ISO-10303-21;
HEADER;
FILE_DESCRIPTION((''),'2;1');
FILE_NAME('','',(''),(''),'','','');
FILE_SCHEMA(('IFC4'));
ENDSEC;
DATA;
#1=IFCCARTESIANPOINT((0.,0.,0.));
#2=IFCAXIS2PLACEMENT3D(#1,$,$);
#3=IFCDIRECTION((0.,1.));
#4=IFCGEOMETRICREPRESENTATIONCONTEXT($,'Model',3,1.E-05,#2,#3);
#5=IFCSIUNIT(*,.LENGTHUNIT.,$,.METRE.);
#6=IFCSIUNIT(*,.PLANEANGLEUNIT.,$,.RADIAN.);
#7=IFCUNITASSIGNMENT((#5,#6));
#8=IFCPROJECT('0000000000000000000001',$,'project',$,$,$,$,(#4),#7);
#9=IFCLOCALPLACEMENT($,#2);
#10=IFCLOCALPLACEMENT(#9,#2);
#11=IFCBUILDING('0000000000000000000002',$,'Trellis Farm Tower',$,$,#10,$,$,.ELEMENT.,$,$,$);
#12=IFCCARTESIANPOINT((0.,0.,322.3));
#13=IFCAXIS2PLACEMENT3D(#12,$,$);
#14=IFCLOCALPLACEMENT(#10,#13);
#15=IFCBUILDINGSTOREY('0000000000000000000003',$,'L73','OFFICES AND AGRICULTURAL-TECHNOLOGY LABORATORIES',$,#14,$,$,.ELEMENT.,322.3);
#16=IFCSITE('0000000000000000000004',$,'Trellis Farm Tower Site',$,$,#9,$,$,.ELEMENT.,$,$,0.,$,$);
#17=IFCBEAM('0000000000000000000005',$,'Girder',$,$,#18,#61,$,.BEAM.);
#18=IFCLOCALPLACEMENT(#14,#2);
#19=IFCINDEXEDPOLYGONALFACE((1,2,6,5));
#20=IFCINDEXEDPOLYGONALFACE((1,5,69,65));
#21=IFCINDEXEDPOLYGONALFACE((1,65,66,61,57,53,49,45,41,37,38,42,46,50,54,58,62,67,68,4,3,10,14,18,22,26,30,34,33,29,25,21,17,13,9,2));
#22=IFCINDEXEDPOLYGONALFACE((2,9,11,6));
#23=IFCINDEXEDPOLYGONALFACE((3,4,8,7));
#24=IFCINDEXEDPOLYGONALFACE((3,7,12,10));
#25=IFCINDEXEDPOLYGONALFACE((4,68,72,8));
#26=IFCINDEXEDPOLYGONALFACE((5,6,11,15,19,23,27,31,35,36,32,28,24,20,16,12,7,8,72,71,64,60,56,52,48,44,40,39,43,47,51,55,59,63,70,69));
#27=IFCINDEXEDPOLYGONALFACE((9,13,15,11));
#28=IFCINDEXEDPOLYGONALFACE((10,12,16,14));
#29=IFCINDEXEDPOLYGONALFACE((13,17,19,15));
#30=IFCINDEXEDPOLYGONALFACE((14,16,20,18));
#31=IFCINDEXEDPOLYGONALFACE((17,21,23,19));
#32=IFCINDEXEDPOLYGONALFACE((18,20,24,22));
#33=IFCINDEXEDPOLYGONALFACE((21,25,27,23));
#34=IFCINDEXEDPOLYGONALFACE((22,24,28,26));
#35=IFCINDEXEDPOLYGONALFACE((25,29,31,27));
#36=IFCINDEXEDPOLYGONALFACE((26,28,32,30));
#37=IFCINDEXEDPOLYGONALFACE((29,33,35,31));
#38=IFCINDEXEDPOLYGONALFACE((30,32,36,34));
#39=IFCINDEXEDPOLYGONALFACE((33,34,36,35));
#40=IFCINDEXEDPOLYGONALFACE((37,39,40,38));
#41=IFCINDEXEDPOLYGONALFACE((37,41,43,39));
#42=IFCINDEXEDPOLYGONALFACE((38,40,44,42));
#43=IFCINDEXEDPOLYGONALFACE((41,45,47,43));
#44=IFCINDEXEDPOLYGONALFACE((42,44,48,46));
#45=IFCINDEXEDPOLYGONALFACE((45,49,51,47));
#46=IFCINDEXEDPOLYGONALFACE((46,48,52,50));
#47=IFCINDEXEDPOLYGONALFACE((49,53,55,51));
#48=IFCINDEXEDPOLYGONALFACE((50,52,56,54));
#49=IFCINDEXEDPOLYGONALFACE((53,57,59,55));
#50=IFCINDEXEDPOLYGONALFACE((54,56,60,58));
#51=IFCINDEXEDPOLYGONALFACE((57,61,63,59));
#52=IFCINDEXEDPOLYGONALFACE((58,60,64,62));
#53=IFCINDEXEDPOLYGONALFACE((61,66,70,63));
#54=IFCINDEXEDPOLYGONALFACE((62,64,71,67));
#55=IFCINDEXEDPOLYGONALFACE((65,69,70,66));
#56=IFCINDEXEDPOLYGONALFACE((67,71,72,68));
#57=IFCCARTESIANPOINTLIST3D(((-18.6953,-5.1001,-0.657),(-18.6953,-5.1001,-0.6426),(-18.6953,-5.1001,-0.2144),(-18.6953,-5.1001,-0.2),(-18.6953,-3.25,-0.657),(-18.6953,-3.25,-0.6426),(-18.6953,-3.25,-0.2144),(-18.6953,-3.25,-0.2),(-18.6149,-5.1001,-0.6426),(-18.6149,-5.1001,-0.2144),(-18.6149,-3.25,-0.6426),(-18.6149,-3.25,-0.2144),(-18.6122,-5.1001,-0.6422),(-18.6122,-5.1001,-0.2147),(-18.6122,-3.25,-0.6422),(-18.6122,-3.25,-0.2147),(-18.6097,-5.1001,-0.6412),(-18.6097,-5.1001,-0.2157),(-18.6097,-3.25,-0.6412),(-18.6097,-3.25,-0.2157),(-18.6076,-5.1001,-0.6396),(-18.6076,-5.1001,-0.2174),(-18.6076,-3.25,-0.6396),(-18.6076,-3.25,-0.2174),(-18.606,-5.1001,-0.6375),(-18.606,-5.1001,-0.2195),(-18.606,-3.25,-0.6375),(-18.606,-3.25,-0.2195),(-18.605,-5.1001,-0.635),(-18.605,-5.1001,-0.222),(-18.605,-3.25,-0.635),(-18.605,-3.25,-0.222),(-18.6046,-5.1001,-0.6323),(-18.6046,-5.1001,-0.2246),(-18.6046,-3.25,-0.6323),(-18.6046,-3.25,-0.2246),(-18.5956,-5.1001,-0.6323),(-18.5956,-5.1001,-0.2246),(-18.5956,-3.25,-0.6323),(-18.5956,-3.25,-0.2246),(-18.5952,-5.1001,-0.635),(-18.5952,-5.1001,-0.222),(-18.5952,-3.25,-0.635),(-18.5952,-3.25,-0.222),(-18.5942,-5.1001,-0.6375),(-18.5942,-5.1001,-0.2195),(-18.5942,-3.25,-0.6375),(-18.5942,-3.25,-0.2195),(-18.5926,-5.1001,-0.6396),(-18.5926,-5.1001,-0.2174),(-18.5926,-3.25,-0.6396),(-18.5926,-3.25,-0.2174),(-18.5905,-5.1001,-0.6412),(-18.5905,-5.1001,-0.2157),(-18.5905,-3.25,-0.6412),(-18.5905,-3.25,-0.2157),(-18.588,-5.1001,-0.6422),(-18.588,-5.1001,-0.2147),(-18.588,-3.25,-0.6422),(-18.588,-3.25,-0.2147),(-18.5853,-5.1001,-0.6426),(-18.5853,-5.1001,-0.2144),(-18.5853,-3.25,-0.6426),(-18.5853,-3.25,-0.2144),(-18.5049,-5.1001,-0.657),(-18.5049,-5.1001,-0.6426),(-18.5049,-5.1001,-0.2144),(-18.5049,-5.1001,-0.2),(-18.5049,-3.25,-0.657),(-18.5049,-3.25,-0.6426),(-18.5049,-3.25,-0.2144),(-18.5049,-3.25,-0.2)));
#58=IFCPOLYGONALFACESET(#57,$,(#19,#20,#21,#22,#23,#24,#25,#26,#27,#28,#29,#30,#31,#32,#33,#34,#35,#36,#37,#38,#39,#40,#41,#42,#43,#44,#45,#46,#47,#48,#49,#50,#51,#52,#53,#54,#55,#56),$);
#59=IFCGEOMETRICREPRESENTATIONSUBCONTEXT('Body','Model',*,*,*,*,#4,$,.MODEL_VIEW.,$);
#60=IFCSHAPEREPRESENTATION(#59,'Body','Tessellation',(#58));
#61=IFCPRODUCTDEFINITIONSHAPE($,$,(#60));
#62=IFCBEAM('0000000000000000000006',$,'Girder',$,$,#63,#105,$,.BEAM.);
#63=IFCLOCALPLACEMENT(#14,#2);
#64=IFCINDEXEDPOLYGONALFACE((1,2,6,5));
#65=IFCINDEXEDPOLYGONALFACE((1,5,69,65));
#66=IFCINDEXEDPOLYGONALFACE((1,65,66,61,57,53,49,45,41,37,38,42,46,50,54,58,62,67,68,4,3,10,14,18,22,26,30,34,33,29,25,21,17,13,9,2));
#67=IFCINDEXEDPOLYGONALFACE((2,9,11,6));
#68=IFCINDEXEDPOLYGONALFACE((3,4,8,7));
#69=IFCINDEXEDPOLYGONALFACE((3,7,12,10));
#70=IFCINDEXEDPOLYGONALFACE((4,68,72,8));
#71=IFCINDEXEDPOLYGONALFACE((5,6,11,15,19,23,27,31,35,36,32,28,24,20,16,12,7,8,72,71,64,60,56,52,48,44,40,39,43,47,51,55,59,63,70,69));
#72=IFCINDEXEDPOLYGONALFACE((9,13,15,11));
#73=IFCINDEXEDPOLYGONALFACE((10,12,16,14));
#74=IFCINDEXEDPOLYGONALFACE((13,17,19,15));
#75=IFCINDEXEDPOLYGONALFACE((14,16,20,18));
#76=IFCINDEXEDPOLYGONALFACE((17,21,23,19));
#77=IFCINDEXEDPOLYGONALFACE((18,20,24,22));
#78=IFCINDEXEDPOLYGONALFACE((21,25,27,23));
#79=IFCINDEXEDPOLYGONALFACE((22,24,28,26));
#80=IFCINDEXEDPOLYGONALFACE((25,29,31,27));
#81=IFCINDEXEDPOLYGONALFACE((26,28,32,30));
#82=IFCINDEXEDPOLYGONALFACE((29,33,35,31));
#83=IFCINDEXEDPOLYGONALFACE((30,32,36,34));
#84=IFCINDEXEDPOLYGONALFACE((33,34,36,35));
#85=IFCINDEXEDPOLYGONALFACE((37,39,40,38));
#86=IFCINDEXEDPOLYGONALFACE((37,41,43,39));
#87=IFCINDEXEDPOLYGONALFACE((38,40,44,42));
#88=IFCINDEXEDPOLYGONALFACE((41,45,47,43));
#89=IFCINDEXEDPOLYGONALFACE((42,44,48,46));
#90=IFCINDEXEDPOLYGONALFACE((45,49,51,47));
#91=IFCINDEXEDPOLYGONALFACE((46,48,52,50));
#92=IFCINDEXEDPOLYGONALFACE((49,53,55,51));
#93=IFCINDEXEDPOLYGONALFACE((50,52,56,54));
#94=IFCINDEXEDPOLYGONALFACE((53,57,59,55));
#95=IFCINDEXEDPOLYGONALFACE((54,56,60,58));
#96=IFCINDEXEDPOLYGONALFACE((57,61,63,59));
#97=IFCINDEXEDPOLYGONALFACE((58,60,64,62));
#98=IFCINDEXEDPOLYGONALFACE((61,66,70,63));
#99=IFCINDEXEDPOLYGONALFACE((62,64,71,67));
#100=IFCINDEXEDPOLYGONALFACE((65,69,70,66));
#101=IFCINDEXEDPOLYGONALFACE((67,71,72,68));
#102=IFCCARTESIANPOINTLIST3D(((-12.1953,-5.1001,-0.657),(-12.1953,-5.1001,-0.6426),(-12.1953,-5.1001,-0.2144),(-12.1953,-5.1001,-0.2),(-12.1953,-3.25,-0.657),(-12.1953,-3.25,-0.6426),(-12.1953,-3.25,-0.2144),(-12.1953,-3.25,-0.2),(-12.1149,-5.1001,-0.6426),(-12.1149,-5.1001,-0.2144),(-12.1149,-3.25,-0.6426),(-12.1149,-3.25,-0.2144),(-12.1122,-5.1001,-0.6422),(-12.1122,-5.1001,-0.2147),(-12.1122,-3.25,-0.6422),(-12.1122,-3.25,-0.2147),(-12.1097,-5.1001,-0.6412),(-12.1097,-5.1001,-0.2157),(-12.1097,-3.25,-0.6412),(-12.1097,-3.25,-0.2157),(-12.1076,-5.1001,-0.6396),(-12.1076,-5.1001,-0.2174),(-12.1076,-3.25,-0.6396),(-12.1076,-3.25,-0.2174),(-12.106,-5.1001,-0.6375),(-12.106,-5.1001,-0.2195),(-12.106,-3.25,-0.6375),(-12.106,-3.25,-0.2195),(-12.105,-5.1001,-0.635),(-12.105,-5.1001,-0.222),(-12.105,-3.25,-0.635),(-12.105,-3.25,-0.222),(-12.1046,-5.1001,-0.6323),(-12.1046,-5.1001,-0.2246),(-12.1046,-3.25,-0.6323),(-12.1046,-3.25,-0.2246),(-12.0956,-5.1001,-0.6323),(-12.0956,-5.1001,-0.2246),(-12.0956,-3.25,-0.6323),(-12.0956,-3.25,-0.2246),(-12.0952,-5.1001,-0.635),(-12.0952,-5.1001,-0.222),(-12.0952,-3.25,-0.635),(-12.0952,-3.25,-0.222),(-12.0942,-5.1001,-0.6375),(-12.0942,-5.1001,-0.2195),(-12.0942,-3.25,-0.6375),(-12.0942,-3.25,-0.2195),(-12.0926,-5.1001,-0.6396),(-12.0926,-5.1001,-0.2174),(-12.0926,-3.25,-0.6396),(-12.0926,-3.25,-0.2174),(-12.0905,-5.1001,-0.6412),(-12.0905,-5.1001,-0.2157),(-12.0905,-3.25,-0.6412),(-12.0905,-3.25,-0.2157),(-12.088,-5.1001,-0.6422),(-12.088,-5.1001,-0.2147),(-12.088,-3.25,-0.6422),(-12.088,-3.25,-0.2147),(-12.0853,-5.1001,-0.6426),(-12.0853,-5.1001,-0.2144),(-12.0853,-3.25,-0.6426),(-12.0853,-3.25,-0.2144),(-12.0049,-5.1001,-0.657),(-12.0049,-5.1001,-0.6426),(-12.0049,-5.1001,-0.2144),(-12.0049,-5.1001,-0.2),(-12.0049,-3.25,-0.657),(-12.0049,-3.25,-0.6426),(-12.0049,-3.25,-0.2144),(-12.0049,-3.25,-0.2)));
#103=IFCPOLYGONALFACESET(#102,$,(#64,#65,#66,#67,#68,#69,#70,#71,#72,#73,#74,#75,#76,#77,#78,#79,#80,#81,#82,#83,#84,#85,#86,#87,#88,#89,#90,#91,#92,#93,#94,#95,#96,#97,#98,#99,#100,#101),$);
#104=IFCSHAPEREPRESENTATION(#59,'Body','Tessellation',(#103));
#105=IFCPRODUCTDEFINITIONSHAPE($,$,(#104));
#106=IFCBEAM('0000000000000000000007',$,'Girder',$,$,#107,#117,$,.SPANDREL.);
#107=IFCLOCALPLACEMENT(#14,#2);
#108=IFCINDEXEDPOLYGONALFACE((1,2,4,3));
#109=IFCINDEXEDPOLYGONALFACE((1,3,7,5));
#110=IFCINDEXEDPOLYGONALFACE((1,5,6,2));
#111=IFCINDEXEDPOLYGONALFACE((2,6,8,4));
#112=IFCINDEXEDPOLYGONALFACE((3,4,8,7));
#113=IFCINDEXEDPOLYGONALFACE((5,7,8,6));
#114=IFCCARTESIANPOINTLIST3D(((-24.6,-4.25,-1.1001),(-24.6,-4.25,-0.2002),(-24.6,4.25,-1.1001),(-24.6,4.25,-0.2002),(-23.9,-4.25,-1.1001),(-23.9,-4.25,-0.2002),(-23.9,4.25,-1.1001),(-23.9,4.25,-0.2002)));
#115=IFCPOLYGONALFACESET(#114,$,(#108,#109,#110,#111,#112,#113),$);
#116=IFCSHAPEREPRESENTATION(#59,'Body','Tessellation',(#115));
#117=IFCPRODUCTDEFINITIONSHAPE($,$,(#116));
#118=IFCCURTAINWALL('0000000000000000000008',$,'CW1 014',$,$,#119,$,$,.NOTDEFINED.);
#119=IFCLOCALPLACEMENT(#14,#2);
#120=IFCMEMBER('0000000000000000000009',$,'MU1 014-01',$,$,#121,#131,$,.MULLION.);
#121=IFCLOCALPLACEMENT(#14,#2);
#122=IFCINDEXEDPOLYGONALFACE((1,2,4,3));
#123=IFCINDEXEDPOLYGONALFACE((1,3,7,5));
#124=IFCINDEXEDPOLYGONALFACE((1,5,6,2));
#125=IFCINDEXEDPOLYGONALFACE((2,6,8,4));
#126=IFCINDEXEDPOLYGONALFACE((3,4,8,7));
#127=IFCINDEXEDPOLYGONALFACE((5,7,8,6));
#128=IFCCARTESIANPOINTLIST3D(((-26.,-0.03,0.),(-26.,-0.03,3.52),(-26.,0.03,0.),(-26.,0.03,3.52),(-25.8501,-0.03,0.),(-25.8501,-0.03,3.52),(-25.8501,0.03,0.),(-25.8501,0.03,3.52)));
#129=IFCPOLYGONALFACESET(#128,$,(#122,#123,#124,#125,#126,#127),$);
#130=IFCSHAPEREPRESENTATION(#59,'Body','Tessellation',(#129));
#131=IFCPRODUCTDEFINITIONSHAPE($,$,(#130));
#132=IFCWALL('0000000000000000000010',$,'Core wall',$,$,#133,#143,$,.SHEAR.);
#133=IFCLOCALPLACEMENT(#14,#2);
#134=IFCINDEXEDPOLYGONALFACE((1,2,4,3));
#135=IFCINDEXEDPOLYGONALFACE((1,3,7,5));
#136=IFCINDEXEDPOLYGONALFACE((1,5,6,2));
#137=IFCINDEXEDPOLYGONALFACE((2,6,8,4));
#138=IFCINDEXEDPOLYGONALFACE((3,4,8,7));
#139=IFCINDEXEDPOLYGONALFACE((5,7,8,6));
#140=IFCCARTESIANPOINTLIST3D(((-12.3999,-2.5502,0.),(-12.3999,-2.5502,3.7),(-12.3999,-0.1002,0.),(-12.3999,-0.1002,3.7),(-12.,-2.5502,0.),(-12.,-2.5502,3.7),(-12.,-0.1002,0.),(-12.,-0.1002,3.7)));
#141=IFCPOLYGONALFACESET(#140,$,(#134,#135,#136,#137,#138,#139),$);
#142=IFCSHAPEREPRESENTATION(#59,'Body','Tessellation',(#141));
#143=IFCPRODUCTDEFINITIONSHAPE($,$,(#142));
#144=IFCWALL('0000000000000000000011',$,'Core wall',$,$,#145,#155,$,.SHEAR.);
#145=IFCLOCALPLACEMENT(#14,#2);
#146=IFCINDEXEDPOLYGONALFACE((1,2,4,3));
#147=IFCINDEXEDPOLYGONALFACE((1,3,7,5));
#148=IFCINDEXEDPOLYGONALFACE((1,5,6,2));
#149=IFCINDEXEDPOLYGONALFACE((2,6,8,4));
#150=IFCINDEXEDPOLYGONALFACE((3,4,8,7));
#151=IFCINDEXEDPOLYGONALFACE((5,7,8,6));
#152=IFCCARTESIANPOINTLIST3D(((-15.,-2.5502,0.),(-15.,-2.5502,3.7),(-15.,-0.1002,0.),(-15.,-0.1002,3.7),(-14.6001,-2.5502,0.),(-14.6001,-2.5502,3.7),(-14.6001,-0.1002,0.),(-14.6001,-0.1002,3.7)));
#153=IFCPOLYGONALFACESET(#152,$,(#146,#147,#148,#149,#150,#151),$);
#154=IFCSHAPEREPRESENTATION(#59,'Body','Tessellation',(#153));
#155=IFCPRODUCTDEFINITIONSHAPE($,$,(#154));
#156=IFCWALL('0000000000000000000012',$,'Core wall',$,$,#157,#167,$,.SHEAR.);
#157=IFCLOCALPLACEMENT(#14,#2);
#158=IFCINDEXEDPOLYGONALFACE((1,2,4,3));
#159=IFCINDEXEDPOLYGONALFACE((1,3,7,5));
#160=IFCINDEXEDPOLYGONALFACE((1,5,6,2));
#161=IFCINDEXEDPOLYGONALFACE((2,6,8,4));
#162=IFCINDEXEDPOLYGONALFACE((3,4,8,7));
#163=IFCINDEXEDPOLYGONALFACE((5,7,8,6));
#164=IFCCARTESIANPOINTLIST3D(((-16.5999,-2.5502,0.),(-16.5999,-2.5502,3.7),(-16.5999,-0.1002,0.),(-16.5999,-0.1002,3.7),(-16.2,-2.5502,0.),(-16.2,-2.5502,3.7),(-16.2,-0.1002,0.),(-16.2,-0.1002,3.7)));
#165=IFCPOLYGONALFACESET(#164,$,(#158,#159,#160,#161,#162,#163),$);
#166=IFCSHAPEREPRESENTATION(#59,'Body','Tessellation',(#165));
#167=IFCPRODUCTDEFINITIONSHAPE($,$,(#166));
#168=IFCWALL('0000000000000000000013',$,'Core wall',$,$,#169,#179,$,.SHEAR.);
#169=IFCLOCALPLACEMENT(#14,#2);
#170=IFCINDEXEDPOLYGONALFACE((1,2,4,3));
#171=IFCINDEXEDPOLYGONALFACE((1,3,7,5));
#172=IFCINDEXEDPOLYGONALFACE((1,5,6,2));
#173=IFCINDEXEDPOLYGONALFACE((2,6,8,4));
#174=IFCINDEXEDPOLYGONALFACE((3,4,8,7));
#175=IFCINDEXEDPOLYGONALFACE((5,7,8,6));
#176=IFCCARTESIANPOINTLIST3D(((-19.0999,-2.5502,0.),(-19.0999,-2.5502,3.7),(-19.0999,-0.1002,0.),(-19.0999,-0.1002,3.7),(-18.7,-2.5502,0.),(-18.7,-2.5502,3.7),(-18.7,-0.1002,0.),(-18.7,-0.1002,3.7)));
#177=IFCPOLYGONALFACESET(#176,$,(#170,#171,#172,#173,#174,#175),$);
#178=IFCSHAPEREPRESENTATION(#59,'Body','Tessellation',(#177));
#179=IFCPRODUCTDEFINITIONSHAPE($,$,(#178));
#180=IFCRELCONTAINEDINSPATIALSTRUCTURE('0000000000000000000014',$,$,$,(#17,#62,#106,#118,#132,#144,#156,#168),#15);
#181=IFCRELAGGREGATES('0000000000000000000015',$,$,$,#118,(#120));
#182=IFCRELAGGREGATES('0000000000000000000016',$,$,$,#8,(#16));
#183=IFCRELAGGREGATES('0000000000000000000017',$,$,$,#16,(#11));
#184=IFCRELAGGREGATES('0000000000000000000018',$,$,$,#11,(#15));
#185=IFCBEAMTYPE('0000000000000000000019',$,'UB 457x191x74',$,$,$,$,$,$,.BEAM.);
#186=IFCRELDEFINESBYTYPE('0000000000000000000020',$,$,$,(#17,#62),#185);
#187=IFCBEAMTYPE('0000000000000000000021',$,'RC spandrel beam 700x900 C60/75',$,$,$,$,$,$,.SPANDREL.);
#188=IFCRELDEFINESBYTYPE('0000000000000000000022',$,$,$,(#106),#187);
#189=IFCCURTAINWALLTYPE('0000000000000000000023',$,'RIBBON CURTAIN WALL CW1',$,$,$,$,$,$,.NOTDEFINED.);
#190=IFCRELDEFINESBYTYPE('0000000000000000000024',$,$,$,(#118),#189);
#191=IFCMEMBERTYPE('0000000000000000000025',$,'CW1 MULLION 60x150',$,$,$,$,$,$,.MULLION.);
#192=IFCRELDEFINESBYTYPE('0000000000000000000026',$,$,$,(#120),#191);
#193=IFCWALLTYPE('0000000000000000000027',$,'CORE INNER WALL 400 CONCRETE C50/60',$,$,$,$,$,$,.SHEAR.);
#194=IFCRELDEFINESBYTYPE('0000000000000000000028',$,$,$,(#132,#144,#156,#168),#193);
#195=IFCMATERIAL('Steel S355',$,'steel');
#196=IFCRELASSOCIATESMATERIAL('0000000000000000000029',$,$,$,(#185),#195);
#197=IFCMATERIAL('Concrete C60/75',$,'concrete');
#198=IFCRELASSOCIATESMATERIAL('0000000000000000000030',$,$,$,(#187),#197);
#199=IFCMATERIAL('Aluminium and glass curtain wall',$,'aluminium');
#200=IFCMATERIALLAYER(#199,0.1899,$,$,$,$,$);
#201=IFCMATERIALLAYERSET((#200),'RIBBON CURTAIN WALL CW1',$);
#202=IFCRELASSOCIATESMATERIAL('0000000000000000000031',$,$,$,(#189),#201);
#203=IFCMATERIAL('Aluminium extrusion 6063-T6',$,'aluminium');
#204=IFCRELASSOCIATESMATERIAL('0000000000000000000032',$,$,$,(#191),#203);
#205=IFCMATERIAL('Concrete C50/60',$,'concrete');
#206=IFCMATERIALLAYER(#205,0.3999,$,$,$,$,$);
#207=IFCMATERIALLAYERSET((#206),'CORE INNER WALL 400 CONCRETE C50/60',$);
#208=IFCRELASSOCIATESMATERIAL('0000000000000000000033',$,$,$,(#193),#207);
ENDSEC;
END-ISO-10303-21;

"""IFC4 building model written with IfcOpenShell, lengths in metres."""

from ifc_helpers import new_model, si_unit, direction, frame, frame_2d, origin, origin_2d, place, context, subcontext, project, spatial, rectangle, i_section, extrude, source, transform, mapped, material, layer, layer_set, material_profile, profile_set, type_object, element, aggregate, save


model = new_model("IFC4")

# Units and contexts
model_context = context("Model", 3, precision=1e-05, world=origin(), true_north=direction((0.0, 1.0)))
body_context = subcontext(model_context, "Body", "Model", "MODEL_VIEW")
ifc_project = project(units=[si_unit("LENGTHUNIT", "METRE"), si_unit("PLANEANGLEUNIT", "RADIAN")], contexts=[model_context])

# Site, building, storey
site_placement = place(None, origin())
site = spatial("IfcSite", under=ifc_project, at=site_placement, Name="Trellis Farm Tower Site", CompositionType="ELEMENT", RefElevation=0.0)
building_placement = place(site_placement, origin())
building = spatial("IfcBuilding", under=site, at=building_placement, Name="Trellis Farm Tower", CompositionType="ELEMENT")
storey_placement = place(building_placement, frame((0.0, 0.0, 322.3)))
storey = spatial("IfcBuildingStorey", under=building, at=storey_placement, Name="L73", Description="OFFICES AND AGRICULTURAL-TECHNOLOGY LABORATORIES", CompositionType="ELEMENT", Elevation=322.3)

# Shared definitions
ifc_material_1 = material(Name="Concrete C60/75", Category="concrete")

# Beams
ifc_material_2 = material(Name="Steel S355", Category="steel")
ifc_material_profile_1 = material_profile(ifc_material_2, i_section(OverallWidth=0.1904, OverallDepth=0.457, WebThickness=0.009, FlangeThickness=0.0144, FilletRadius=0.0103, at=origin_2d()), Name="UB 457x191x74")
ifc_profile_set_1 = profile_set([ifc_material_profile_1], Name="Steel S355")
beam_type_1 = type_object("IfcBeamType", Name="UB 457x191x74", PredefinedType="BEAM", material=ifc_profile_set_1)
shared_shape_1 = source(origin(), body_context, "Body", "SweptSolid", [
    extrude(i_section(OverallWidth=0.1904, OverallDepth=0.457, WebThickness=0.009, FlangeThickness=0.0144, FilletRadius=0.0103, at=origin_2d()), origin(), (0.0, 0.0, 1.0), 1.8501),
])
for number, where, z_axis, x_axis, name in (
    (1, (-18.6001, -5.1001, -0.4285), (0.0, 1.0, 0.0), (-1.0, 0.0, 0.0), "Girder"),
    (2, (-12.1001, -5.1001, -0.4285), (0.0, 1.0, 0.0), (-1.0, 0.0, 0.0), "Girder"),
):
    element("IfcBeam", number, at=place(storey_placement, frame(where, z_axis=z_axis, x_axis=x_axis)), inside=storey, type_object=beam_type_1, Name=name, PredefinedType="BEAM", context=body_context, shape_type="MappedRepresentation", body=[
        mapped(shared_shape_1, transform((0.0, 0.0, 0.0))),
    ])
ifc_material_profile_2 = material_profile(ifc_material_1, rectangle(XDim=0.7, YDim=0.8999, at=origin_2d()), Name="RC spandrel beam 700x900 C60/75")
ifc_profile_set_2 = profile_set([ifc_material_profile_2], Name="Concrete C60/75")
beam_type_2 = type_object("IfcBeamType", Name="RC spandrel beam 700x900 C60/75", PredefinedType="SPANDREL", material=ifc_profile_set_2)
shared_shape_2 = source(origin(), body_context, "Body", "SweptSolid", [
    extrude(rectangle(XDim=0.7, YDim=0.8999, at=origin_2d()), origin(), (0.0, 0.0, 1.0), 8.5),
])
beam_1_placement = place(storey_placement, frame((-24.25, -4.25, -0.6501), z_axis=(0.0, 1.0, 0.0), x_axis=(-1.0, 0.0, 0.0)))
element("IfcBeam", 3, at=beam_1_placement, inside=storey, type_object=beam_type_2, Name="Girder", PredefinedType="SPANDREL", context=body_context, shape_type="MappedRepresentation", body=[
    mapped(shared_shape_2, transform((0.0, 0.0, 0.0))),
])

# Curtain wall, member
ifc_material_3 = material(Name="Aluminium and glass curtain wall", Category="aluminium")
ifc_layer_1 = layer(ifc_material_3, 0.1899)
ifc_layer_set_1 = layer_set([ifc_layer_1], Name="RIBBON CURTAIN WALL CW1")
curtain_wall_type = type_object("IfcCurtainWallType", Name="RIBBON CURTAIN WALL CW1", PredefinedType="NOTDEFINED", material=ifc_layer_set_1)
curtain_wall_placement = place(storey_placement, origin())
curtain_wall = element("IfcCurtainWall", 4, at=curtain_wall_placement, inside=storey, type_object=curtain_wall_type, Name="CW1 014", PredefinedType="NOTDEFINED")
ifc_material_4 = material(Name="Aluminium extrusion 6063-T6", Category="aluminium")
ifc_material_profile_3 = material_profile(ifc_material_4, rectangle(XDim=0.0601, YDim=0.1499, at=origin_2d()), Name="MULLION 60x150")
ifc_profile_set_3 = profile_set([ifc_material_profile_3], Name="Aluminium extrusion 6063-T6")
member_type = type_object("IfcMemberType", Name="CW1 MULLION 60x150", PredefinedType="MULLION", material=ifc_profile_set_3)
shared_shape_3 = source(origin(), body_context, "Body", "SweptSolid", [
    extrude(rectangle(XDim=0.0601, YDim=0.1499, at=origin_2d()), origin(), (0.0, 0.0, 1.0), 3.52),
])
member_placement = place(storey_placement, frame((-25.925, 0.0, 0.0), z_axis=(0.0, 0.0, 1.0), x_axis=(0.0, -1.0, 0.0)))
member = element("IfcMember", 5, at=member_placement, type_object=member_type, Name="MU1 014-01", PredefinedType="MULLION", context=body_context, shape_type="MappedRepresentation", body=[
    mapped(shared_shape_3, transform((0.0, 0.0, 0.0))),
])
aggregate(curtain_wall, [member])

# Walls
ifc_material_5 = material(Name="Concrete C50/60", Category="concrete")
ifc_layer_2 = layer(ifc_material_5, 0.3999)
ifc_layer_set_2 = layer_set([ifc_layer_2], Name="CORE INNER WALL 400 CONCRETE C50/60")
wall_type_1 = type_object("IfcWallType", Name="CORE INNER WALL 400 CONCRETE C50/60", PredefinedType="SHEAR", material=ifc_layer_set_2)
shared_shape_4 = source(origin(), body_context, "Body", "SweptSolid", [
    extrude(rectangle(XDim=2.45, YDim=0.3999, at=frame_2d((1.2251, 0.0))), origin(), (0.0, 0.0, 1.0), 3.7),
])
for number, where, z_axis, x_axis, name in (
    (6, (-12.2, -0.1001, 0.0), (0.0, 0.0, 1.0), (0.0, -1.0, 0.0), "Core wall"),
    (7, (-14.8, -0.1001, 0.0), (0.0, 0.0, 1.0), (0.0, -1.0, 0.0), "Core wall"),
    (8, (-16.3999, -0.1001, 0.0), (0.0, 0.0, 1.0), (0.0, -1.0, 0.0), "Core wall"),
    (9, (-18.8999, -0.1001, 0.0), (0.0, 0.0, 1.0), (0.0, -1.0, 0.0), "Core wall"),
):
    element("IfcWall", number, at=place(storey_placement, frame(where, z_axis=z_axis, x_axis=x_axis)), inside=storey, type_object=wall_type_1, Name=name, PredefinedType="SHEAR", context=body_context, shape_type="MappedRepresentation", body=[
        mapped(shared_shape_4, transform((0.0, 0.0, 0.0))),
    ])

save(model, "model.ifc")
